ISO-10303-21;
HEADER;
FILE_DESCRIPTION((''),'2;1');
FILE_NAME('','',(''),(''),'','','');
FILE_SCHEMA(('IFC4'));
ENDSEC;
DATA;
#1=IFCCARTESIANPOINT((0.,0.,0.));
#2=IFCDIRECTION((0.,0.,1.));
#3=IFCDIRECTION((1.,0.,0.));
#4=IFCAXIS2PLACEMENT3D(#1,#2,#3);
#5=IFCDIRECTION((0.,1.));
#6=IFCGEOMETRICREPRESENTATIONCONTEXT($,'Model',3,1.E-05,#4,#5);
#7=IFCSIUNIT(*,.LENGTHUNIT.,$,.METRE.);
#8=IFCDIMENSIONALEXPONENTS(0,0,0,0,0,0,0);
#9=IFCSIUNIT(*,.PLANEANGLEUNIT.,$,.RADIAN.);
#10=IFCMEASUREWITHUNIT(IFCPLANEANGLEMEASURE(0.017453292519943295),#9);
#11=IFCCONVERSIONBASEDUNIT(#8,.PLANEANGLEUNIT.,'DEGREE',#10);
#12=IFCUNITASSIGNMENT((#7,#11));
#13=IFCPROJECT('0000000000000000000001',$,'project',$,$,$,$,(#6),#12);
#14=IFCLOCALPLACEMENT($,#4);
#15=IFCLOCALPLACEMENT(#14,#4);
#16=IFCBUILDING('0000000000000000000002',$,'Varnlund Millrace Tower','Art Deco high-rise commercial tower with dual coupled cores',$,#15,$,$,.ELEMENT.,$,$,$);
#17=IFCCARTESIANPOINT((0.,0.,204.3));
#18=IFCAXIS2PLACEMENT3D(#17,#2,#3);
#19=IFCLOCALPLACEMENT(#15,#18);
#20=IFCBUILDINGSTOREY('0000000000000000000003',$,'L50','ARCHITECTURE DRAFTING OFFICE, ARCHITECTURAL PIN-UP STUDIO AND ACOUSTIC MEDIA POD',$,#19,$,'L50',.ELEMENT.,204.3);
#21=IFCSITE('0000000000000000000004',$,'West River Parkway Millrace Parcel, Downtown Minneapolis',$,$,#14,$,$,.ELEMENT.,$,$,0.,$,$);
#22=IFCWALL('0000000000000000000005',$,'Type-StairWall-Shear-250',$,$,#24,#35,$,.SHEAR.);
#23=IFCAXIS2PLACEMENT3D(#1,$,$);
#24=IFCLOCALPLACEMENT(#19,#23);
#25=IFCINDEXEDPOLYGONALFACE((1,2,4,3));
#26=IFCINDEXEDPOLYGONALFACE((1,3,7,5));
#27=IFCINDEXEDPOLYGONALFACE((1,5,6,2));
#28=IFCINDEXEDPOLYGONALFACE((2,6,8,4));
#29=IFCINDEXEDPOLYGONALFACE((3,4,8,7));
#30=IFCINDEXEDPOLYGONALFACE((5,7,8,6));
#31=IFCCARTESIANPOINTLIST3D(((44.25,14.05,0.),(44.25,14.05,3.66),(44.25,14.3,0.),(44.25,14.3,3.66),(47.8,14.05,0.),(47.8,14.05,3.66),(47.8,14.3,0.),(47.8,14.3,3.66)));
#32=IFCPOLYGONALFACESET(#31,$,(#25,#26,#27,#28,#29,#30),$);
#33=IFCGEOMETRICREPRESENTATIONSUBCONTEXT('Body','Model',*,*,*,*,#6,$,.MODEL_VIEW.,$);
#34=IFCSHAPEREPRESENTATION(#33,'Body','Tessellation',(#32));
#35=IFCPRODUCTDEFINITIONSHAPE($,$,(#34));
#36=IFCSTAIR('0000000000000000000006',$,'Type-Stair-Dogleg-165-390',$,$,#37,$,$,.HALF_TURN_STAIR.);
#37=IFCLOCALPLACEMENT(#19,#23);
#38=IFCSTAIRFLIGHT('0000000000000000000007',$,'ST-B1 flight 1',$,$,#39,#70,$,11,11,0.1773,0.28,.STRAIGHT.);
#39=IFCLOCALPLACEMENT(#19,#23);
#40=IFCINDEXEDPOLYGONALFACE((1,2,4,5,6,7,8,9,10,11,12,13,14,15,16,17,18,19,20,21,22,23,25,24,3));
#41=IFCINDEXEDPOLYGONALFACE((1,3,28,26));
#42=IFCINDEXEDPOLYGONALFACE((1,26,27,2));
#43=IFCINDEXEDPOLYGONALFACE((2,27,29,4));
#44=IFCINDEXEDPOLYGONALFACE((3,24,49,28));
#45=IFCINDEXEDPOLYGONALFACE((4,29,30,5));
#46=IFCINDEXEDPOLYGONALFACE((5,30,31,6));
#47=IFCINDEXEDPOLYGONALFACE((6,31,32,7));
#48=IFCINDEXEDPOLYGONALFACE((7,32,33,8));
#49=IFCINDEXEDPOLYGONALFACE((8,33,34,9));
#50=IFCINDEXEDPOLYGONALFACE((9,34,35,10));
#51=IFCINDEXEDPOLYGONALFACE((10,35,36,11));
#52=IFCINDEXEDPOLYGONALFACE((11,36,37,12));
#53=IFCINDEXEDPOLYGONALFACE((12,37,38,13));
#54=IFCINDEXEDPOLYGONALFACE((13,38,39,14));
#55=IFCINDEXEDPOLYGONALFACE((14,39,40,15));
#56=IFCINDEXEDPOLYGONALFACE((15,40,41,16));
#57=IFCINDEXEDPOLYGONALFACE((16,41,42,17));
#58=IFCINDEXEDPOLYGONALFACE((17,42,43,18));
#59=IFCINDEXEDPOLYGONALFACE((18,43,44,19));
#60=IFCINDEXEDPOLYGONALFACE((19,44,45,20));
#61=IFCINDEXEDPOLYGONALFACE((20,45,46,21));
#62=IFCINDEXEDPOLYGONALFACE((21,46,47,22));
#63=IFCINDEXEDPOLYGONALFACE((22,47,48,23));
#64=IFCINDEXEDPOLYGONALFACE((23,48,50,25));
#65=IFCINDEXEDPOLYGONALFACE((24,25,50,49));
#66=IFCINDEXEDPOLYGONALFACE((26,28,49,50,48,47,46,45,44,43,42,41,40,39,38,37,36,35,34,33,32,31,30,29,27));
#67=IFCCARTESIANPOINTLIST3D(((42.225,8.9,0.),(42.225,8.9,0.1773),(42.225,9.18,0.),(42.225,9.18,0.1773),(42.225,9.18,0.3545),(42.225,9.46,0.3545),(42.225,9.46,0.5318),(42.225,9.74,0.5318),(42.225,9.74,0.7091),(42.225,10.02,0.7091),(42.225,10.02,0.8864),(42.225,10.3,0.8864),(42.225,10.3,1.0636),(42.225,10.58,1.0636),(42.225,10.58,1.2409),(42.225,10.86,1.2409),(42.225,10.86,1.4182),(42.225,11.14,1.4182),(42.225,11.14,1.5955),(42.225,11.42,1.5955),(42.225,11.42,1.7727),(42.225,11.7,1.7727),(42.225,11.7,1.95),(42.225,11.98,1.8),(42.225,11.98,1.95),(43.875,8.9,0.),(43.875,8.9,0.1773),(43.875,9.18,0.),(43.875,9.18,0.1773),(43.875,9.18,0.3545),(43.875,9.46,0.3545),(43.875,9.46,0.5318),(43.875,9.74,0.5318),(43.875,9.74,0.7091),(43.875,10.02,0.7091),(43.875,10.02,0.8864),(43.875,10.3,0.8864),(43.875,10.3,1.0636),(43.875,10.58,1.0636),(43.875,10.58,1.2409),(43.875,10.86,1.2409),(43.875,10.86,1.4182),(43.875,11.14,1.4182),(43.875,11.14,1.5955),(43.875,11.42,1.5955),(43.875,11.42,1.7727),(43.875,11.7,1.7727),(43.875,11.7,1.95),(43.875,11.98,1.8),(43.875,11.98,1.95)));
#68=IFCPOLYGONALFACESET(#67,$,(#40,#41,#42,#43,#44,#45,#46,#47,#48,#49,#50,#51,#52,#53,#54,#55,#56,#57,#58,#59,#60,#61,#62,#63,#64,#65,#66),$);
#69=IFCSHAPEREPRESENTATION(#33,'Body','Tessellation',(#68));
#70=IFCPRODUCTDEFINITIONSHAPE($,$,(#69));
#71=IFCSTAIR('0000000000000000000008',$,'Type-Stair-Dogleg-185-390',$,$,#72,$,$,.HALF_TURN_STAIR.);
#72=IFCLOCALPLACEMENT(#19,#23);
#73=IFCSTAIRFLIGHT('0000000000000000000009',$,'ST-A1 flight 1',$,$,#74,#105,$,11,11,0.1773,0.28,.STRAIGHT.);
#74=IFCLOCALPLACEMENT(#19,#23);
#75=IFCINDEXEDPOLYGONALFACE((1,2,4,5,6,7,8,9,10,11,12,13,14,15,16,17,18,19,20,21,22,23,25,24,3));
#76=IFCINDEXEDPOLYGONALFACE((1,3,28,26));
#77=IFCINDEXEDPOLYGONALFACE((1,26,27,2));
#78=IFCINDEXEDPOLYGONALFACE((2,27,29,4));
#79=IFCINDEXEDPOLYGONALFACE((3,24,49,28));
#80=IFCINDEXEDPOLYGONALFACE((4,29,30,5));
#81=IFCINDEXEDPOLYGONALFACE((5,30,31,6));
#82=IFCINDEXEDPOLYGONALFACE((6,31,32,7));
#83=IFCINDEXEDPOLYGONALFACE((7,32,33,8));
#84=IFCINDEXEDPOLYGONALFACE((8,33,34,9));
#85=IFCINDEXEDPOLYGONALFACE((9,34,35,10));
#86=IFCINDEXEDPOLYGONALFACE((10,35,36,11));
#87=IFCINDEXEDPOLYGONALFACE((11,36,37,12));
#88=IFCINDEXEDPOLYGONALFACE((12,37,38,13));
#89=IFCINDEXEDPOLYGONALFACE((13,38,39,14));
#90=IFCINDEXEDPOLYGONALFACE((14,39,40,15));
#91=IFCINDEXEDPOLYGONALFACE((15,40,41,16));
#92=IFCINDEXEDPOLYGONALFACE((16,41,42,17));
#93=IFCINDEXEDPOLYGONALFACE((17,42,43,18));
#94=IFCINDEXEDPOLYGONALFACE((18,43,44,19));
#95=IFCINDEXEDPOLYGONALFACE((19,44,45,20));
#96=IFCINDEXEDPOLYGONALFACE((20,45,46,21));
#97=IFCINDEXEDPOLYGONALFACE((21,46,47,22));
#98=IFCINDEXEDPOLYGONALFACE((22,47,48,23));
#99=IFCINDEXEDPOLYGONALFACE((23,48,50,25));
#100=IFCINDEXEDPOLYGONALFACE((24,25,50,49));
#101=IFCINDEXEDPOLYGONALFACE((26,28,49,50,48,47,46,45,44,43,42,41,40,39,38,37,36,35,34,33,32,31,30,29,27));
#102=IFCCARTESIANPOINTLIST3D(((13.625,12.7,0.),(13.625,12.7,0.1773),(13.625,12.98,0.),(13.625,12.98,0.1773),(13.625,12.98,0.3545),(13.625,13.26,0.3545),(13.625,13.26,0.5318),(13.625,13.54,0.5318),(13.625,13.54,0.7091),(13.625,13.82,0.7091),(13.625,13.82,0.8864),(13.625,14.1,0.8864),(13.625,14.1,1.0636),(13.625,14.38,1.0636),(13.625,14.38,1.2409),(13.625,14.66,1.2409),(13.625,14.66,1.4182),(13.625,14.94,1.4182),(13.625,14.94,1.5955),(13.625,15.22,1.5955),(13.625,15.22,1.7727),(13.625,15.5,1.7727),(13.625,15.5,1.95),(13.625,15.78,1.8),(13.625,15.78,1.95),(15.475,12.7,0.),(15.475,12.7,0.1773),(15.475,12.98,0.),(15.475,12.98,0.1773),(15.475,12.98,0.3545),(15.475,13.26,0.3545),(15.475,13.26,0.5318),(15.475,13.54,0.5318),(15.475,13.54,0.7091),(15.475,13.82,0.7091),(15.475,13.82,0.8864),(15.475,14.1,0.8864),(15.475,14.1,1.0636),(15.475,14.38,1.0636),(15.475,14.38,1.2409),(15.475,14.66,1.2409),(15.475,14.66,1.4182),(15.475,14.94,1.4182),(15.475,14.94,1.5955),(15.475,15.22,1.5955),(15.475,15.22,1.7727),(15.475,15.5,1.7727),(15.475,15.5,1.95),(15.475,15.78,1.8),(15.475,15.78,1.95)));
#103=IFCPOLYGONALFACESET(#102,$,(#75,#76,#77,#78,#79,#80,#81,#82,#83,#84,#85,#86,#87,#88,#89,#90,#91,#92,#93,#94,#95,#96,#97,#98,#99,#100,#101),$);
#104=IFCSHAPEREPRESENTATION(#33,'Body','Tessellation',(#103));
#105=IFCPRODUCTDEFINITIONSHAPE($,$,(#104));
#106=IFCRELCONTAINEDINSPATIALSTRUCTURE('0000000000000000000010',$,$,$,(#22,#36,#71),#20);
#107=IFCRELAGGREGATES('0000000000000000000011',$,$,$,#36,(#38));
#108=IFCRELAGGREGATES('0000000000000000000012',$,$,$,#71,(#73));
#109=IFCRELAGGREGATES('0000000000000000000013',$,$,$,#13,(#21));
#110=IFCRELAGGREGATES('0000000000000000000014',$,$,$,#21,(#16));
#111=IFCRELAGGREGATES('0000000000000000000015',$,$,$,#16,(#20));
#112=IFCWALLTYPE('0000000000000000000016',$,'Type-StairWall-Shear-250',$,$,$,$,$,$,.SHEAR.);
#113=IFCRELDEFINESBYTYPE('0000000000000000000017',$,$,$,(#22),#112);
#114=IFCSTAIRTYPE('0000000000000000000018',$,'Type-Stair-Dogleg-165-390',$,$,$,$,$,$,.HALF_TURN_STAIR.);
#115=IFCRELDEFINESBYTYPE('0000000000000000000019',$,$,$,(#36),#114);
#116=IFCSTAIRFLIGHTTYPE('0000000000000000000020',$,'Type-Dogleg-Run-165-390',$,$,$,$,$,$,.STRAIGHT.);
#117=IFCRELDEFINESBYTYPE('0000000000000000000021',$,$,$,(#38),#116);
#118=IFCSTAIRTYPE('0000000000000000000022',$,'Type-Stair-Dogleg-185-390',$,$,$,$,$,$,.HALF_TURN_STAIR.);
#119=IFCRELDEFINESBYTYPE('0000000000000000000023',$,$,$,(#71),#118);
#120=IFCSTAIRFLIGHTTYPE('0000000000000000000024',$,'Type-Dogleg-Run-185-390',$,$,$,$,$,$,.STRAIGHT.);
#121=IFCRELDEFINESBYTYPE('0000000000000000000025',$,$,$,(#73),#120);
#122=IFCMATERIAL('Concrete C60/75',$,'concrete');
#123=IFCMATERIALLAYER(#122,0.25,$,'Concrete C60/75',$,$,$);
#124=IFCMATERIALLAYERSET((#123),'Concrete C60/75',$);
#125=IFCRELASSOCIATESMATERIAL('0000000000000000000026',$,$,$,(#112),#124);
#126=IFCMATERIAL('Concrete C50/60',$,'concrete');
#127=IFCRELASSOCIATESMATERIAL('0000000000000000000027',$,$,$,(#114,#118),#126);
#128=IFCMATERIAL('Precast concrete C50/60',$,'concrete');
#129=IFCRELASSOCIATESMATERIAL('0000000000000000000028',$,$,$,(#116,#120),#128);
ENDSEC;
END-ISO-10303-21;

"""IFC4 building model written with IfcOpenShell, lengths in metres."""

from ifc_helpers import new_model, entity, si_unit, converted_unit, direction, frame, origin_with_axes, place, context, subcontext, project, spatial, polyline, outline, extrude, material, layer, layer_set, type_object, element, aggregate, save


model = new_model("IFC4")

# Units and contexts
model_context = context("Model", 3, precision=1e-05, world=origin_with_axes(), true_north=direction((0.0, 1.0)))
body_context = subcontext(model_context, "Body", "Model", "MODEL_VIEW")
ifc_project = project(units=[si_unit("LENGTHUNIT", "METRE"), converted_unit("PLANEANGLEUNIT", "DEGREE", entity("IfcPlaneAngleMeasure", 0.017453292519943295), si_unit("PLANEANGLEUNIT", "RADIAN"), dimensions=[0, 0, 0, 0, 0, 0, 0])], contexts=[model_context])

# Site, building, storey
site_placement = place(None, origin_with_axes())
site = spatial("IfcSite", under=ifc_project, at=site_placement, Name="West River Parkway Millrace Parcel, Downtown Minneapolis", CompositionType="ELEMENT", RefElevation=0.0)
building_placement = place(site_placement, origin_with_axes())
building = spatial("IfcBuilding", under=site, at=building_placement, Name="Varnlund Millrace Tower", Description="Art Deco high-rise commercial tower with dual coupled cores", CompositionType="ELEMENT")
storey_placement = place(building_placement, frame((0.0, 0.0, 204.3), z_axis=(0.0, 0.0, 1.0), x_axis=(1.0, 0.0, 0.0)))
storey = spatial("IfcBuildingStorey", under=building, at=storey_placement, Name="L50", Description="ARCHITECTURE DRAFTING OFFICE, ARCHITECTURAL PIN-UP STUDIO AND ACOUSTIC MEDIA POD", LongName="L50", CompositionType="ELEMENT", Elevation=204.3)

# Shared definitions
ifc_material_1 = material(Name="Concrete C60/75", Category="concrete")
ifc_layer_1 = layer(ifc_material_1, 0.25, Name="Concrete C60/75")
ifc_layer_set_1 = layer_set([ifc_layer_1], Name="Concrete C60/75")

# Wall
wall_type_1 = type_object("IfcWallType", Name="Type-StairWall-Shear-250", PredefinedType="SHEAR", material=ifc_layer_set_1)
for number, where, z_axis, x_axis, name in (
    (1, (44.25, 14.175, 0.0), (0.0, 0.0, 1.0), (1.0, 0.0, 0.0), "Type-StairWall-Shear-250"),
):
    element("IfcWall", number, at=place(storey_placement, frame(where, z_axis=z_axis, x_axis=x_axis)), inside=storey, type_object=wall_type_1, Name=name, PredefinedType="SHEAR", context=body_context, shape_type="SweptSolid", body=[
        extrude(outline(polyline([(0.0, -0.125), (3.55, -0.125), (3.55, 0.125), (0.0, 0.125), (0.0, -0.125)])), origin_with_axes(), (0.0, 0.0, 1.0), 3.66),
    ])

# Stairs, stair flights
ifc_material_2 = material(Name="Concrete C50/60", Category="concrete")
stair_type_1 = type_object("IfcStairType", Name="Type-Stair-Dogleg-165-390", PredefinedType="HALF_TURN_STAIR", material=ifc_material_2)
stair_1_placement = place(storey_placement, origin_with_axes())
stair_1 = element("IfcStair", 2, at=stair_1_placement, inside=storey, type_object=stair_type_1, Name="Type-Stair-Dogleg-165-390", PredefinedType="HALF_TURN_STAIR")
ifc_material_3 = material(Name="Precast concrete C50/60", Category="concrete")
stair_flight_type_1 = type_object("IfcStairFlightType", Name="Type-Dogleg-Run-165-390", PredefinedType="STRAIGHT", material=ifc_material_3)
stair_flight_1_placement = place(storey_placement, frame((42.225, 8.9, 0.0), z_axis=(1.0, 0.0, 0.0), x_axis=(0.0, 1.0, 0.0)))
stair_flight_1 = element("IfcStairFlight", 3, at=stair_flight_1_placement, type_object=stair_flight_type_1, Name="ST-B1 flight 1", NumberOfRisers=11, NumberOfTreads=11, PredefinedType="STRAIGHT", RiserHeight=0.1773, TreadLength=0.28, context=body_context, shape_type="SweptSolid", body=[
    extrude(outline(polyline([(0.0, 0.0), (0.0, 0.1773), (0.28, 0.1773), (0.28, 0.3545), (0.56, 0.3545), (0.56, 0.5318), (0.84, 0.5318), (0.84, 0.7091), (1.12, 0.7091), (1.12, 0.8864), (1.4, 0.8864), (1.4, 1.0636), (1.68, 1.0636), (1.68, 1.2409), (1.96, 1.2409), (1.96, 1.4182), (2.24, 1.4182), (2.24, 1.5955), (2.52, 1.5955), (2.52, 1.7727), (2.8, 1.7727), (2.8, 1.95), (3.08, 1.95), (3.08, 1.8), (0.28, 0.0), (0.0, 0.0)])), origin_with_axes(), (0.0, 0.0, 1.0), 1.65),
])
aggregate(stair_1, [stair_flight_1])
stair_type_2 = type_object("IfcStairType", Name="Type-Stair-Dogleg-185-390", PredefinedType="HALF_TURN_STAIR", material=ifc_material_2)
stair_2_placement = place(storey_placement, origin_with_axes())
stair_2 = element("IfcStair", 4, at=stair_2_placement, inside=storey, type_object=stair_type_2, Name="Type-Stair-Dogleg-185-390", PredefinedType="HALF_TURN_STAIR")
stair_flight_type_2 = type_object("IfcStairFlightType", Name="Type-Dogleg-Run-185-390", PredefinedType="STRAIGHT", material=ifc_material_3)
stair_flight_2_placement = place(storey_placement, frame((13.625, 12.7, 0.0), z_axis=(1.0, 0.0, 0.0), x_axis=(0.0, 1.0, 0.0)))
stair_flight_2 = element("IfcStairFlight", 5, at=stair_flight_2_placement, type_object=stair_flight_type_2, Name="ST-A1 flight 1", NumberOfRisers=11, NumberOfTreads=11, PredefinedType="STRAIGHT", RiserHeight=0.1773, TreadLength=0.28, context=body_context, shape_type="SweptSolid", body=[
    extrude(outline(polyline([(0.0, 0.0), (0.0, 0.1773), (0.28, 0.1773), (0.28, 0.3545), (0.56, 0.3545), (0.56, 0.5318), (0.84, 0.5318), (0.84, 0.7091), (1.12, 0.7091), (1.12, 0.8864), (1.4, 0.8864), (1.4, 1.0636), (1.68, 1.0636), (1.68, 1.2409), (1.96, 1.2409), (1.96, 1.4182), (2.24, 1.4182), (2.24, 1.5955), (2.52, 1.5955), (2.52, 1.7727), (2.8, 1.7727), (2.8, 1.95), (3.08, 1.95), (3.08, 1.8), (0.28, 0.0), (0.0, 0.0)])), origin_with_axes(), (0.0, 0.0, 1.0), 1.85),
])
aggregate(stair_2, [stair_flight_2])

save(model, "model.ifc")
